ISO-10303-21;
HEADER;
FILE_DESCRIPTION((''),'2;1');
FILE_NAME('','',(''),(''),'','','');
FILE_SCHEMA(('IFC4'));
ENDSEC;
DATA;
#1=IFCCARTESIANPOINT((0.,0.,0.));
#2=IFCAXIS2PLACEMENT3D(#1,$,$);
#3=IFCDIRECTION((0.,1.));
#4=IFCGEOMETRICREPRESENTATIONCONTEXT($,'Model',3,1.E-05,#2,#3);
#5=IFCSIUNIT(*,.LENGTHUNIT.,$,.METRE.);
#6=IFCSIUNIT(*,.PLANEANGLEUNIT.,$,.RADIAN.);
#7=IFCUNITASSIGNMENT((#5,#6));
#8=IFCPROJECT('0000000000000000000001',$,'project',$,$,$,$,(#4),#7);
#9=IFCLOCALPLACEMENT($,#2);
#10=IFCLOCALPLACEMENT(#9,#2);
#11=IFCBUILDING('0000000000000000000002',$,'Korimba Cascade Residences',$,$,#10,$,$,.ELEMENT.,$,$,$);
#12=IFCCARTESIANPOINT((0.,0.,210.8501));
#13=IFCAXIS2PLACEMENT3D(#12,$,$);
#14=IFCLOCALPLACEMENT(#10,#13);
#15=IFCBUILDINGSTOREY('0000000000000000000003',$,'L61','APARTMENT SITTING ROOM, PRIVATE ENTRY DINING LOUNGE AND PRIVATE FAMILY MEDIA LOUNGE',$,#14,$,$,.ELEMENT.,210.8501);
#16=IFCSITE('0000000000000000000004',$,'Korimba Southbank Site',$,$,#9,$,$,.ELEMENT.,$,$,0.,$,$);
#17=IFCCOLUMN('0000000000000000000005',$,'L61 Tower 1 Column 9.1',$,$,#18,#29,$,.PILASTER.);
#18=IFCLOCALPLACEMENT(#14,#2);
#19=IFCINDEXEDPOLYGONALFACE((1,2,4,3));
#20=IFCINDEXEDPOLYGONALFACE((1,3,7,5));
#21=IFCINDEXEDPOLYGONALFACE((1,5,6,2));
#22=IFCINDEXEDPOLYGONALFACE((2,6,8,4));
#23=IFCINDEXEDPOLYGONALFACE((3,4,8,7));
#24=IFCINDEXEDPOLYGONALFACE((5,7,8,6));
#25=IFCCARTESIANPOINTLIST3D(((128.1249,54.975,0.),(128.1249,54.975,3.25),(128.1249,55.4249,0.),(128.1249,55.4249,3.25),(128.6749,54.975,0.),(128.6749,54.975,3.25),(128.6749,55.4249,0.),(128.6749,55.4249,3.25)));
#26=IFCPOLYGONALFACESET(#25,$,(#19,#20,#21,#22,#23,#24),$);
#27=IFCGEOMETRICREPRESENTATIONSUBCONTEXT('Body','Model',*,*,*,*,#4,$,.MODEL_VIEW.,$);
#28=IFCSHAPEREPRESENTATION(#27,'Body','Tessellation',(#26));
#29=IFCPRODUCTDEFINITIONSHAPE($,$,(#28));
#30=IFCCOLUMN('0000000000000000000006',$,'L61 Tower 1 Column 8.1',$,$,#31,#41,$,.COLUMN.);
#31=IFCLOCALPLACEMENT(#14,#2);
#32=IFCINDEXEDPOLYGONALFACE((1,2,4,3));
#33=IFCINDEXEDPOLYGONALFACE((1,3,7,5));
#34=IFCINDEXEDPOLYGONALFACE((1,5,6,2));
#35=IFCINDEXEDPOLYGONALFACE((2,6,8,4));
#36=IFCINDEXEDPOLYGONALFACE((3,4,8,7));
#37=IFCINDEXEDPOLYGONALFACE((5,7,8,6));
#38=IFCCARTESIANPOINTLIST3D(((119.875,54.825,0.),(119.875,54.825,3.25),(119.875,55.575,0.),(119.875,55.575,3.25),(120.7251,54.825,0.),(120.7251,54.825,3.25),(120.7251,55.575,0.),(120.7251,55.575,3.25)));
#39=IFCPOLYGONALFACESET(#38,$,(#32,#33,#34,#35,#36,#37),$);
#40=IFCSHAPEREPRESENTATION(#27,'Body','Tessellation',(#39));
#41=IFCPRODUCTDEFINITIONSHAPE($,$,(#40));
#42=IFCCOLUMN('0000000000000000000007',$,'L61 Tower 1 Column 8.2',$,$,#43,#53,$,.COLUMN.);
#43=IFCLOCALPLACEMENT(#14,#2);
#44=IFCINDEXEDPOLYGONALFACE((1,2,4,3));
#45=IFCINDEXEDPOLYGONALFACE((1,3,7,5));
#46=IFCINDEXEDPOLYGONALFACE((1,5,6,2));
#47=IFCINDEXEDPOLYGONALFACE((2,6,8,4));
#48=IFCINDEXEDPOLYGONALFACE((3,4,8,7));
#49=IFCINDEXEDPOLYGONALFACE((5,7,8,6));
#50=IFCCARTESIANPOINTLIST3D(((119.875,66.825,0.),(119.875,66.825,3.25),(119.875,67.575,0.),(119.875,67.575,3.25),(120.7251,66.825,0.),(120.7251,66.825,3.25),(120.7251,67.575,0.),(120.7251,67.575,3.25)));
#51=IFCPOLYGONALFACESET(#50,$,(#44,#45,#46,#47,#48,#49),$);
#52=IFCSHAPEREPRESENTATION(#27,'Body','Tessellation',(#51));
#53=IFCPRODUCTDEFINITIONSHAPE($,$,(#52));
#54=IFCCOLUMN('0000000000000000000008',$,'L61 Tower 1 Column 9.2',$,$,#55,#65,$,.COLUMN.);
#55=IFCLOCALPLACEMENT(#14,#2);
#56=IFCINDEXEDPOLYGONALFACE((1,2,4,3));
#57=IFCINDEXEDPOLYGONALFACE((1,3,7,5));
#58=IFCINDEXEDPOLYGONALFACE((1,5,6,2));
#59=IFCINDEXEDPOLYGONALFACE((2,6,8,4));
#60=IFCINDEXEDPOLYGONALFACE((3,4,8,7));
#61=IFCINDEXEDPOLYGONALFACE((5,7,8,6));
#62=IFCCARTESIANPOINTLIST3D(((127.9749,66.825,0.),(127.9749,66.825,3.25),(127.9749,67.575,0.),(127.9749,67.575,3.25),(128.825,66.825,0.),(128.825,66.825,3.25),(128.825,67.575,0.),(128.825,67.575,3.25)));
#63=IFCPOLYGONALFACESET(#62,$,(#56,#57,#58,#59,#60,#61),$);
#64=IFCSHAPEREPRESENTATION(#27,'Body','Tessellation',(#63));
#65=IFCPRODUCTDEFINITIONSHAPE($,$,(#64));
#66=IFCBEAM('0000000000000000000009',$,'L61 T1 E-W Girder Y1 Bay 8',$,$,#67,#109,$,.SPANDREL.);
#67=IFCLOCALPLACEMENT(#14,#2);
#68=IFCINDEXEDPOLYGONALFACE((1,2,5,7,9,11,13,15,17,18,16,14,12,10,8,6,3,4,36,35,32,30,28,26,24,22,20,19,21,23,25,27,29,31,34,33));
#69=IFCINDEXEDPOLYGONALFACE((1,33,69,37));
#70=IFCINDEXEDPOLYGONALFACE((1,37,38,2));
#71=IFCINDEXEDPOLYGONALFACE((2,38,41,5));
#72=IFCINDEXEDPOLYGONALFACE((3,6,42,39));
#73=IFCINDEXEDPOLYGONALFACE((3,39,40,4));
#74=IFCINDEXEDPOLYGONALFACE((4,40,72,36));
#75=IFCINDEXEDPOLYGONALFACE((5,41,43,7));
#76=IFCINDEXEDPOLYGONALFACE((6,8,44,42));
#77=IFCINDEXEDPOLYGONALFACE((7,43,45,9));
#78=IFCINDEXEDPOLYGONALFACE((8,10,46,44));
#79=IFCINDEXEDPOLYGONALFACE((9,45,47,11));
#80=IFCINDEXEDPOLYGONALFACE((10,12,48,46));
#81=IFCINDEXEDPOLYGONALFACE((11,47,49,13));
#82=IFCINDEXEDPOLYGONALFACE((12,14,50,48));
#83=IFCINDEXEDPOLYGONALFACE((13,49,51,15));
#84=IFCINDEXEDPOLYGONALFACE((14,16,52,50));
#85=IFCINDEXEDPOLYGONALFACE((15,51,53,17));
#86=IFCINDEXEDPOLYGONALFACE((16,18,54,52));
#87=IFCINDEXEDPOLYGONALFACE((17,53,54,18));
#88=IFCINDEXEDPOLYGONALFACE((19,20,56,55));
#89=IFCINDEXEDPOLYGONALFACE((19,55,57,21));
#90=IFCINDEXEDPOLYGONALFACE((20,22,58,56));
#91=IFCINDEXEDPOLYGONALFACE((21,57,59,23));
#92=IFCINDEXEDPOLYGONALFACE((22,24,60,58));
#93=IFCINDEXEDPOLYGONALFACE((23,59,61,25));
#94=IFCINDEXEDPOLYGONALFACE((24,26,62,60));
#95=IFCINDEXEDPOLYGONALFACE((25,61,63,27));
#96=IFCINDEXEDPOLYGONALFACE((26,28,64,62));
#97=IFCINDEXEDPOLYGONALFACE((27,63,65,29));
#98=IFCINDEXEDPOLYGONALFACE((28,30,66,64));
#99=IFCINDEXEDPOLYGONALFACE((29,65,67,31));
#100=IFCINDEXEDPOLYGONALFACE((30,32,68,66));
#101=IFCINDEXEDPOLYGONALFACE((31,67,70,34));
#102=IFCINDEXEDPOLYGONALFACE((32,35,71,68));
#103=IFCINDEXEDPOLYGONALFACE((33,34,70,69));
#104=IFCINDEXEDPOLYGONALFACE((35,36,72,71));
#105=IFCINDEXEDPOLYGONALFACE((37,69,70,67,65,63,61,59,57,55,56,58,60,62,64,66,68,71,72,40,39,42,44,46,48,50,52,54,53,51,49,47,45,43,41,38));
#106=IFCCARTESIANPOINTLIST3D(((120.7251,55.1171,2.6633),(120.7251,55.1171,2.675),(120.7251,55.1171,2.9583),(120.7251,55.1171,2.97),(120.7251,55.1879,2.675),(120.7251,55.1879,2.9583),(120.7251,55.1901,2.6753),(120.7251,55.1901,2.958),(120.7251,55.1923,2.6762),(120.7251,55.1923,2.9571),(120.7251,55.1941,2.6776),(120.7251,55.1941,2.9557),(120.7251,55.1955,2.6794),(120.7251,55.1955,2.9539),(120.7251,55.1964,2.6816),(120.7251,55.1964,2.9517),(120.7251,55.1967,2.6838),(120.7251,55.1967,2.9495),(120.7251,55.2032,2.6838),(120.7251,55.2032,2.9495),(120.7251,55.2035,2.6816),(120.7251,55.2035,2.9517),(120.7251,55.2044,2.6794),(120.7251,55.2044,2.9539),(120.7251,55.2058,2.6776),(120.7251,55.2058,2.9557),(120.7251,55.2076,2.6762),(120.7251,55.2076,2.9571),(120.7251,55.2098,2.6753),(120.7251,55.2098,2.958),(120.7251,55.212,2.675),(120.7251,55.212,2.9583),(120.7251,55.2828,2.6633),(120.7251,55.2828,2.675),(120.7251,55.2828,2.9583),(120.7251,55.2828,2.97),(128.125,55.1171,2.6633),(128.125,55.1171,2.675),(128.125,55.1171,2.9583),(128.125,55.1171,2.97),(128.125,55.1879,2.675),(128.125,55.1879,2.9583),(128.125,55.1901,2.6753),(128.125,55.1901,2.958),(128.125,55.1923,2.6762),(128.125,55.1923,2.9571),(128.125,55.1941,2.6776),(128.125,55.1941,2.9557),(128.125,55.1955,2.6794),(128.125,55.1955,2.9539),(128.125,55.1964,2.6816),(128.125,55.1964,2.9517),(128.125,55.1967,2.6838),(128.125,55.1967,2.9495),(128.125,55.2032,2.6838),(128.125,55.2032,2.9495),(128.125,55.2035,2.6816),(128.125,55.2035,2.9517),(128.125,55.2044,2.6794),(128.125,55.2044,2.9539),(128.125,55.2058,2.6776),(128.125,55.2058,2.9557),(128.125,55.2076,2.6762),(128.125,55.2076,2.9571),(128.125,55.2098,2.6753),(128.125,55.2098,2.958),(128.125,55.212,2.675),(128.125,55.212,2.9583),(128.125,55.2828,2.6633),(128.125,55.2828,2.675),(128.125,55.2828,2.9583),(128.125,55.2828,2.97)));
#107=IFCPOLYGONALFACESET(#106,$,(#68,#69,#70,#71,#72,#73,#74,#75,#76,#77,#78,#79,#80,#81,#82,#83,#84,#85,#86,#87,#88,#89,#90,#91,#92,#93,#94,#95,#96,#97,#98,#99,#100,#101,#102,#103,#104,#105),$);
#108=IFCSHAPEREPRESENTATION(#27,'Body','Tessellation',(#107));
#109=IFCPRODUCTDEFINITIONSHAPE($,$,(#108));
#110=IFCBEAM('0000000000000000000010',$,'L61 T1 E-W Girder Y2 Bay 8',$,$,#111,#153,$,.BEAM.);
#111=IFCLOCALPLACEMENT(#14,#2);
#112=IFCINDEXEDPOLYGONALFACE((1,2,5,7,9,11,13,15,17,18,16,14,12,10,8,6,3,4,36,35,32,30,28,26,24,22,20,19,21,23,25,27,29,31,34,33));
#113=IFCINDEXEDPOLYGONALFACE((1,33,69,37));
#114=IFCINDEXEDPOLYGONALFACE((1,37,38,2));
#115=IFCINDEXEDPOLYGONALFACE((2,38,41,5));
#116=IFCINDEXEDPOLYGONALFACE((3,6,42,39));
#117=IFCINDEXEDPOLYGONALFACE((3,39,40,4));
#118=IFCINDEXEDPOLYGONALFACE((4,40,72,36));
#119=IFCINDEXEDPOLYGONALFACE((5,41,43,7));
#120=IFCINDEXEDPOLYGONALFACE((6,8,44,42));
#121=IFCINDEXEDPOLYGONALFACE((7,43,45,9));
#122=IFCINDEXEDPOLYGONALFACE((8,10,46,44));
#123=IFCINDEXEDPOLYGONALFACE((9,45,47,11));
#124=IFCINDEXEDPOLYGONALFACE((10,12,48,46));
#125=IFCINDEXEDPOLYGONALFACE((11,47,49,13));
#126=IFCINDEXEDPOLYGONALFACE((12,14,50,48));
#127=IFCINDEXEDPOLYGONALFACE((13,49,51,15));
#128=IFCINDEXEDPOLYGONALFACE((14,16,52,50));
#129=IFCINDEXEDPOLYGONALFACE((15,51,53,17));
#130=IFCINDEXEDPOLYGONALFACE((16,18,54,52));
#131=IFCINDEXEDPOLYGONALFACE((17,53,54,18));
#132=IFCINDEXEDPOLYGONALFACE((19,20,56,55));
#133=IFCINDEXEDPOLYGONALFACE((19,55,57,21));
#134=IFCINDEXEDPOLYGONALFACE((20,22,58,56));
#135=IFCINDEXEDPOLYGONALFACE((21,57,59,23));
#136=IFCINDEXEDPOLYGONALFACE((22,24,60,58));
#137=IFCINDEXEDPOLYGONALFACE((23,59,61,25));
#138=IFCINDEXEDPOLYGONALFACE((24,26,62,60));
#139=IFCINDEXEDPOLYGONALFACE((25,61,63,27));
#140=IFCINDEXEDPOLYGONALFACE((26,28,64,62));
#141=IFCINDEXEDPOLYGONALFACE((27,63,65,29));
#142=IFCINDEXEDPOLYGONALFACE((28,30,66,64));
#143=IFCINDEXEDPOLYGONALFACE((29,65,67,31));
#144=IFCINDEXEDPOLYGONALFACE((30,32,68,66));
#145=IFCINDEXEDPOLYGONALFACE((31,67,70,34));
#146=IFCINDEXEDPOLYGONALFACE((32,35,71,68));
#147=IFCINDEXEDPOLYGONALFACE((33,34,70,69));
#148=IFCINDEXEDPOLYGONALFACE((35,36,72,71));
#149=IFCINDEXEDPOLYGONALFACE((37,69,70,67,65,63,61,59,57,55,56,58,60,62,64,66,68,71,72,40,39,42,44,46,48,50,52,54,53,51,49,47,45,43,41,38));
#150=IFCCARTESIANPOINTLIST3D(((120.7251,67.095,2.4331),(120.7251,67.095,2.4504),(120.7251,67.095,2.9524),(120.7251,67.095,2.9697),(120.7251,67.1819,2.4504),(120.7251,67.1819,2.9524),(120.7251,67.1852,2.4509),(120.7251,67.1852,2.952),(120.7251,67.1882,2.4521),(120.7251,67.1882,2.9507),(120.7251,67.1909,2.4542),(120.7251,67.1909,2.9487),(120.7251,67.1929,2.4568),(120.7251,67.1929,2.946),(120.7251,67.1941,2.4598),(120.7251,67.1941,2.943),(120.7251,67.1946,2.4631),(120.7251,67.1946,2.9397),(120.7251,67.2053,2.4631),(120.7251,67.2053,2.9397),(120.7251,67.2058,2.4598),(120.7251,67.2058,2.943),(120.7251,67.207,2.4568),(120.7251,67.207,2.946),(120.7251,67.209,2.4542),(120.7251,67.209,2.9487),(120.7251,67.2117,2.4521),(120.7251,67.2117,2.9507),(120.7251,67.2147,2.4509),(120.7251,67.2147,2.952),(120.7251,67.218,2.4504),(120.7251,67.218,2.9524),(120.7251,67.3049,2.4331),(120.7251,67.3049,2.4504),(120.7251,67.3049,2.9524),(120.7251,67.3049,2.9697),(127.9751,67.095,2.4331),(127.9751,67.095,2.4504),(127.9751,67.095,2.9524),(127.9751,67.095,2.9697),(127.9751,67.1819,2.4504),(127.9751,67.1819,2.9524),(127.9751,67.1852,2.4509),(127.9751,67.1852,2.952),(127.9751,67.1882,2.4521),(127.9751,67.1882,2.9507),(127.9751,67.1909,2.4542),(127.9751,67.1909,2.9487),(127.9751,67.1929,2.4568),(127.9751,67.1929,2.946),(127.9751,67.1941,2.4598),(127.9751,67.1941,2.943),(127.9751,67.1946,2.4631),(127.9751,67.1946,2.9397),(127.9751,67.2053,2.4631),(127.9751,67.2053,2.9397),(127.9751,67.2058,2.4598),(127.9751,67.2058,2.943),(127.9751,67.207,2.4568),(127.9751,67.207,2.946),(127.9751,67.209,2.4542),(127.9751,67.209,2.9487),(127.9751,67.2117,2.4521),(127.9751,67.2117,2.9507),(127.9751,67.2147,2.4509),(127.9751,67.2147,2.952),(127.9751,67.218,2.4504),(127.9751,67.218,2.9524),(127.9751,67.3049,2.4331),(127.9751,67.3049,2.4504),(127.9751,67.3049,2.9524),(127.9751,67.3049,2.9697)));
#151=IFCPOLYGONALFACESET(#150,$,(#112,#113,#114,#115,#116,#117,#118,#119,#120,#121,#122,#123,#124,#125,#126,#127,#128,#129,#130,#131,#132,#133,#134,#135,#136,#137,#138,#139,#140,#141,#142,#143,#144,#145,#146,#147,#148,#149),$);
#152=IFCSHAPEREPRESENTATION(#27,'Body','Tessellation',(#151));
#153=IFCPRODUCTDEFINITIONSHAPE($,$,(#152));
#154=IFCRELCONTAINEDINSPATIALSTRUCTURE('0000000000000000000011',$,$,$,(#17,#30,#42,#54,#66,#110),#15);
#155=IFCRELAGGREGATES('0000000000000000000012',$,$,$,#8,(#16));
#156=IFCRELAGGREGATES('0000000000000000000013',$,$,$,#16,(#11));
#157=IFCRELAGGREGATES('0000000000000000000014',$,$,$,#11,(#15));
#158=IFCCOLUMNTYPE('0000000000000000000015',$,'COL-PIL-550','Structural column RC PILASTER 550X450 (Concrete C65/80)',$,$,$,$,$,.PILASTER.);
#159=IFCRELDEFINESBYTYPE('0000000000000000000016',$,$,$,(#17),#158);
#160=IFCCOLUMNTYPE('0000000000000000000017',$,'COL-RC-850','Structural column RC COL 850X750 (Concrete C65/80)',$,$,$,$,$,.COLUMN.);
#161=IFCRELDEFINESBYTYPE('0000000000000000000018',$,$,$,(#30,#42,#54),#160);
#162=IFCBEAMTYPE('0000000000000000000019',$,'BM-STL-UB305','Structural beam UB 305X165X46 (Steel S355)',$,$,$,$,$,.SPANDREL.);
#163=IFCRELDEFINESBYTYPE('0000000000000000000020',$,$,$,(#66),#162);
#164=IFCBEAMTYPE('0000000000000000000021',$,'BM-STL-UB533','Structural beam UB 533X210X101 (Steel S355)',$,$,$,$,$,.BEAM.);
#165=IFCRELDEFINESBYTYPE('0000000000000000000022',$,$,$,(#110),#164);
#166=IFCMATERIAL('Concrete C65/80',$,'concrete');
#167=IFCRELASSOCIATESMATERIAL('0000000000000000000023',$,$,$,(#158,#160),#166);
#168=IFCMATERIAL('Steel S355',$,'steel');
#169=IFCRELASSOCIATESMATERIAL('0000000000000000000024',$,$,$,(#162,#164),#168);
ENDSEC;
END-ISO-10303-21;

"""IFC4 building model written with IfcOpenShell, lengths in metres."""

from ifc_helpers import new_model, si_unit, direction, frame, origin, origin_2d, place, context, subcontext, project, spatial, rectangle, i_section, extrude, material, material_profile, profile_set, type_object, element, save


model = new_model("IFC4")

# Units and contexts
model_context = context("Model", 3, precision=1e-05, world=origin(), true_north=direction((0.0, 1.0)))
body_context = subcontext(model_context, "Body", "Model", "MODEL_VIEW")
ifc_project = project(units=[si_unit("LENGTHUNIT", "METRE"), si_unit("PLANEANGLEUNIT", "RADIAN")], contexts=[model_context])

# Site, building, storey
site_placement = place(None, origin())
site = spatial("IfcSite", under=ifc_project, at=site_placement, Name="Korimba Southbank Site", CompositionType="ELEMENT", RefElevation=0.0)
building_placement = place(site_placement, origin())
building = spatial("IfcBuilding", under=site, at=building_placement, Name="Korimba Cascade Residences", CompositionType="ELEMENT")
storey_placement = place(building_placement, frame((0.0, 0.0, 210.8501)))
storey = spatial("IfcBuildingStorey", under=building, at=storey_placement, Name="L61", Description="APARTMENT SITTING ROOM, PRIVATE ENTRY DINING LOUNGE AND PRIVATE FAMILY MEDIA LOUNGE", CompositionType="ELEMENT", Elevation=210.8501)

# Columns
ifc_material_1 = material(Name="Concrete C65/80", Category="concrete")
ifc_material_profile_1 = material_profile(ifc_material_1, rectangle(XDim=0.55, YDim=0.45, at=origin_2d()), Name="Concrete C65/80")
ifc_profile_set_1 = profile_set([ifc_material_profile_1], Name="Concrete C65/80")
column_type_1 = type_object("IfcColumnType", Name="COL-PIL-550", Description="Structural column RC PILASTER 550X450 (Concrete C65/80)", PredefinedType="PILASTER", material=ifc_profile_set_1)
column_placement = place(storey_placement, frame((128.3999, 55.2, 0.0), z_axis=(0.0, 0.0, 1.0), x_axis=(1.0, 0.0, 0.0)))
element("IfcColumn", 1, at=column_placement, inside=storey, type_object=column_type_1, Name="L61 Tower 1 Column 9.1", PredefinedType="PILASTER", context=body_context, shape_type="SweptSolid", body=[
    extrude(rectangle(XDim=0.55, YDim=0.45, at=origin_2d()), origin(), (0.0, 0.0, 1.0), 3.25),
])
ifc_material_profile_2 = material_profile(ifc_material_1, rectangle(XDim=0.8501, YDim=0.75, at=origin_2d()), Name="Concrete C65/80")
ifc_profile_set_2 = profile_set([ifc_material_profile_2], Name="Concrete C65/80")
column_type_2 = type_object("IfcColumnType", Name="COL-RC-850", Description="Structural column RC COL 850X750 (Concrete C65/80)", PredefinedType="COLUMN", material=ifc_profile_set_2)
for number, where, z_axis, x_axis, name in (
    (2, (120.3, 55.2, 0.0), (0.0, 0.0, 1.0), (1.0, 0.0, 0.0), "L61 Tower 1 Column 8.1"),
    (3, (120.3, 67.2, 0.0), (0.0, 0.0, 1.0), (1.0, 0.0, 0.0), "L61 Tower 1 Column 8.2"),
    (4, (128.3999, 67.2, 0.0), (0.0, 0.0, 1.0), (1.0, 0.0, 0.0), "L61 Tower 1 Column 9.2"),
):
    element("IfcColumn", number, at=place(storey_placement, frame(where, z_axis=z_axis, x_axis=x_axis)), inside=storey, type_object=column_type_2, Name=name, PredefinedType="COLUMN", context=body_context, shape_type="SweptSolid", body=[
        extrude(rectangle(XDim=0.8501, YDim=0.75, at=origin_2d()), origin(), (0.0, 0.0, 1.0), 3.25),
    ])

# Beams
ifc_material_2 = material(Name="Steel S355", Category="steel")
ifc_material_profile_3 = material_profile(ifc_material_2, i_section(OverallWidth=0.1658, OverallDepth=0.3066, WebThickness=0.0066, FlangeThickness=0.0117, FilletRadius=0.0088, at=origin_2d()), Name="Steel S355")
ifc_profile_set_3 = profile_set([ifc_material_profile_3], Name="Steel S355")
beam_type_1 = type_object("IfcBeamType", Name="BM-STL-UB305", Description="Structural beam UB 305X165X46 (Steel S355)", PredefinedType="SPANDREL", material=ifc_profile_set_3)
beam_1_placement = place(storey_placement, frame((120.7251, 55.2, 2.8167), z_axis=(1.0, 0.0, 0.0), x_axis=(0.0, 1.0, 0.0)))
element("IfcBeam", 5, at=beam_1_placement, inside=storey, type_object=beam_type_1, Name="L61 T1 E-W Girder Y1 Bay 8", PredefinedType="SPANDREL", context=body_context, shape_type="SweptSolid", body=[
    extrude(i_section(OverallWidth=0.1658, OverallDepth=0.3066, WebThickness=0.0066, FlangeThickness=0.0117, FilletRadius=0.0088, at=origin_2d()), origin(), (0.0, 0.0, 1.0), 7.3999),
])
ifc_material_profile_4 = material_profile(ifc_material_2, i_section(OverallWidth=0.21, OverallDepth=0.5366, WebThickness=0.0107, FlangeThickness=0.0173, FilletRadius=0.0127, at=origin_2d()), Name="Steel S355")
ifc_profile_set_4 = profile_set([ifc_material_profile_4], Name="Steel S355")
beam_type_2 = type_object("IfcBeamType", Name="BM-STL-UB533", Description="Structural beam UB 533X210X101 (Steel S355)", PredefinedType="BEAM", material=ifc_profile_set_4)
beam_2_placement = place(storey_placement, frame((120.7251, 67.2, 2.7014), z_axis=(1.0, 0.0, 0.0), x_axis=(0.0, 1.0, 0.0)))
element("IfcBeam", 6, at=beam_2_placement, inside=storey, type_object=beam_type_2, Name="L61 T1 E-W Girder Y2 Bay 8", PredefinedType="BEAM", context=body_context, shape_type="SweptSolid", body=[
    extrude(i_section(OverallWidth=0.21, OverallDepth=0.5366, WebThickness=0.0107, FlangeThickness=0.0173, FilletRadius=0.0127, at=origin_2d()), origin(), (0.0, 0.0, 1.0), 7.25),
])

save(model, "model.ifc")
